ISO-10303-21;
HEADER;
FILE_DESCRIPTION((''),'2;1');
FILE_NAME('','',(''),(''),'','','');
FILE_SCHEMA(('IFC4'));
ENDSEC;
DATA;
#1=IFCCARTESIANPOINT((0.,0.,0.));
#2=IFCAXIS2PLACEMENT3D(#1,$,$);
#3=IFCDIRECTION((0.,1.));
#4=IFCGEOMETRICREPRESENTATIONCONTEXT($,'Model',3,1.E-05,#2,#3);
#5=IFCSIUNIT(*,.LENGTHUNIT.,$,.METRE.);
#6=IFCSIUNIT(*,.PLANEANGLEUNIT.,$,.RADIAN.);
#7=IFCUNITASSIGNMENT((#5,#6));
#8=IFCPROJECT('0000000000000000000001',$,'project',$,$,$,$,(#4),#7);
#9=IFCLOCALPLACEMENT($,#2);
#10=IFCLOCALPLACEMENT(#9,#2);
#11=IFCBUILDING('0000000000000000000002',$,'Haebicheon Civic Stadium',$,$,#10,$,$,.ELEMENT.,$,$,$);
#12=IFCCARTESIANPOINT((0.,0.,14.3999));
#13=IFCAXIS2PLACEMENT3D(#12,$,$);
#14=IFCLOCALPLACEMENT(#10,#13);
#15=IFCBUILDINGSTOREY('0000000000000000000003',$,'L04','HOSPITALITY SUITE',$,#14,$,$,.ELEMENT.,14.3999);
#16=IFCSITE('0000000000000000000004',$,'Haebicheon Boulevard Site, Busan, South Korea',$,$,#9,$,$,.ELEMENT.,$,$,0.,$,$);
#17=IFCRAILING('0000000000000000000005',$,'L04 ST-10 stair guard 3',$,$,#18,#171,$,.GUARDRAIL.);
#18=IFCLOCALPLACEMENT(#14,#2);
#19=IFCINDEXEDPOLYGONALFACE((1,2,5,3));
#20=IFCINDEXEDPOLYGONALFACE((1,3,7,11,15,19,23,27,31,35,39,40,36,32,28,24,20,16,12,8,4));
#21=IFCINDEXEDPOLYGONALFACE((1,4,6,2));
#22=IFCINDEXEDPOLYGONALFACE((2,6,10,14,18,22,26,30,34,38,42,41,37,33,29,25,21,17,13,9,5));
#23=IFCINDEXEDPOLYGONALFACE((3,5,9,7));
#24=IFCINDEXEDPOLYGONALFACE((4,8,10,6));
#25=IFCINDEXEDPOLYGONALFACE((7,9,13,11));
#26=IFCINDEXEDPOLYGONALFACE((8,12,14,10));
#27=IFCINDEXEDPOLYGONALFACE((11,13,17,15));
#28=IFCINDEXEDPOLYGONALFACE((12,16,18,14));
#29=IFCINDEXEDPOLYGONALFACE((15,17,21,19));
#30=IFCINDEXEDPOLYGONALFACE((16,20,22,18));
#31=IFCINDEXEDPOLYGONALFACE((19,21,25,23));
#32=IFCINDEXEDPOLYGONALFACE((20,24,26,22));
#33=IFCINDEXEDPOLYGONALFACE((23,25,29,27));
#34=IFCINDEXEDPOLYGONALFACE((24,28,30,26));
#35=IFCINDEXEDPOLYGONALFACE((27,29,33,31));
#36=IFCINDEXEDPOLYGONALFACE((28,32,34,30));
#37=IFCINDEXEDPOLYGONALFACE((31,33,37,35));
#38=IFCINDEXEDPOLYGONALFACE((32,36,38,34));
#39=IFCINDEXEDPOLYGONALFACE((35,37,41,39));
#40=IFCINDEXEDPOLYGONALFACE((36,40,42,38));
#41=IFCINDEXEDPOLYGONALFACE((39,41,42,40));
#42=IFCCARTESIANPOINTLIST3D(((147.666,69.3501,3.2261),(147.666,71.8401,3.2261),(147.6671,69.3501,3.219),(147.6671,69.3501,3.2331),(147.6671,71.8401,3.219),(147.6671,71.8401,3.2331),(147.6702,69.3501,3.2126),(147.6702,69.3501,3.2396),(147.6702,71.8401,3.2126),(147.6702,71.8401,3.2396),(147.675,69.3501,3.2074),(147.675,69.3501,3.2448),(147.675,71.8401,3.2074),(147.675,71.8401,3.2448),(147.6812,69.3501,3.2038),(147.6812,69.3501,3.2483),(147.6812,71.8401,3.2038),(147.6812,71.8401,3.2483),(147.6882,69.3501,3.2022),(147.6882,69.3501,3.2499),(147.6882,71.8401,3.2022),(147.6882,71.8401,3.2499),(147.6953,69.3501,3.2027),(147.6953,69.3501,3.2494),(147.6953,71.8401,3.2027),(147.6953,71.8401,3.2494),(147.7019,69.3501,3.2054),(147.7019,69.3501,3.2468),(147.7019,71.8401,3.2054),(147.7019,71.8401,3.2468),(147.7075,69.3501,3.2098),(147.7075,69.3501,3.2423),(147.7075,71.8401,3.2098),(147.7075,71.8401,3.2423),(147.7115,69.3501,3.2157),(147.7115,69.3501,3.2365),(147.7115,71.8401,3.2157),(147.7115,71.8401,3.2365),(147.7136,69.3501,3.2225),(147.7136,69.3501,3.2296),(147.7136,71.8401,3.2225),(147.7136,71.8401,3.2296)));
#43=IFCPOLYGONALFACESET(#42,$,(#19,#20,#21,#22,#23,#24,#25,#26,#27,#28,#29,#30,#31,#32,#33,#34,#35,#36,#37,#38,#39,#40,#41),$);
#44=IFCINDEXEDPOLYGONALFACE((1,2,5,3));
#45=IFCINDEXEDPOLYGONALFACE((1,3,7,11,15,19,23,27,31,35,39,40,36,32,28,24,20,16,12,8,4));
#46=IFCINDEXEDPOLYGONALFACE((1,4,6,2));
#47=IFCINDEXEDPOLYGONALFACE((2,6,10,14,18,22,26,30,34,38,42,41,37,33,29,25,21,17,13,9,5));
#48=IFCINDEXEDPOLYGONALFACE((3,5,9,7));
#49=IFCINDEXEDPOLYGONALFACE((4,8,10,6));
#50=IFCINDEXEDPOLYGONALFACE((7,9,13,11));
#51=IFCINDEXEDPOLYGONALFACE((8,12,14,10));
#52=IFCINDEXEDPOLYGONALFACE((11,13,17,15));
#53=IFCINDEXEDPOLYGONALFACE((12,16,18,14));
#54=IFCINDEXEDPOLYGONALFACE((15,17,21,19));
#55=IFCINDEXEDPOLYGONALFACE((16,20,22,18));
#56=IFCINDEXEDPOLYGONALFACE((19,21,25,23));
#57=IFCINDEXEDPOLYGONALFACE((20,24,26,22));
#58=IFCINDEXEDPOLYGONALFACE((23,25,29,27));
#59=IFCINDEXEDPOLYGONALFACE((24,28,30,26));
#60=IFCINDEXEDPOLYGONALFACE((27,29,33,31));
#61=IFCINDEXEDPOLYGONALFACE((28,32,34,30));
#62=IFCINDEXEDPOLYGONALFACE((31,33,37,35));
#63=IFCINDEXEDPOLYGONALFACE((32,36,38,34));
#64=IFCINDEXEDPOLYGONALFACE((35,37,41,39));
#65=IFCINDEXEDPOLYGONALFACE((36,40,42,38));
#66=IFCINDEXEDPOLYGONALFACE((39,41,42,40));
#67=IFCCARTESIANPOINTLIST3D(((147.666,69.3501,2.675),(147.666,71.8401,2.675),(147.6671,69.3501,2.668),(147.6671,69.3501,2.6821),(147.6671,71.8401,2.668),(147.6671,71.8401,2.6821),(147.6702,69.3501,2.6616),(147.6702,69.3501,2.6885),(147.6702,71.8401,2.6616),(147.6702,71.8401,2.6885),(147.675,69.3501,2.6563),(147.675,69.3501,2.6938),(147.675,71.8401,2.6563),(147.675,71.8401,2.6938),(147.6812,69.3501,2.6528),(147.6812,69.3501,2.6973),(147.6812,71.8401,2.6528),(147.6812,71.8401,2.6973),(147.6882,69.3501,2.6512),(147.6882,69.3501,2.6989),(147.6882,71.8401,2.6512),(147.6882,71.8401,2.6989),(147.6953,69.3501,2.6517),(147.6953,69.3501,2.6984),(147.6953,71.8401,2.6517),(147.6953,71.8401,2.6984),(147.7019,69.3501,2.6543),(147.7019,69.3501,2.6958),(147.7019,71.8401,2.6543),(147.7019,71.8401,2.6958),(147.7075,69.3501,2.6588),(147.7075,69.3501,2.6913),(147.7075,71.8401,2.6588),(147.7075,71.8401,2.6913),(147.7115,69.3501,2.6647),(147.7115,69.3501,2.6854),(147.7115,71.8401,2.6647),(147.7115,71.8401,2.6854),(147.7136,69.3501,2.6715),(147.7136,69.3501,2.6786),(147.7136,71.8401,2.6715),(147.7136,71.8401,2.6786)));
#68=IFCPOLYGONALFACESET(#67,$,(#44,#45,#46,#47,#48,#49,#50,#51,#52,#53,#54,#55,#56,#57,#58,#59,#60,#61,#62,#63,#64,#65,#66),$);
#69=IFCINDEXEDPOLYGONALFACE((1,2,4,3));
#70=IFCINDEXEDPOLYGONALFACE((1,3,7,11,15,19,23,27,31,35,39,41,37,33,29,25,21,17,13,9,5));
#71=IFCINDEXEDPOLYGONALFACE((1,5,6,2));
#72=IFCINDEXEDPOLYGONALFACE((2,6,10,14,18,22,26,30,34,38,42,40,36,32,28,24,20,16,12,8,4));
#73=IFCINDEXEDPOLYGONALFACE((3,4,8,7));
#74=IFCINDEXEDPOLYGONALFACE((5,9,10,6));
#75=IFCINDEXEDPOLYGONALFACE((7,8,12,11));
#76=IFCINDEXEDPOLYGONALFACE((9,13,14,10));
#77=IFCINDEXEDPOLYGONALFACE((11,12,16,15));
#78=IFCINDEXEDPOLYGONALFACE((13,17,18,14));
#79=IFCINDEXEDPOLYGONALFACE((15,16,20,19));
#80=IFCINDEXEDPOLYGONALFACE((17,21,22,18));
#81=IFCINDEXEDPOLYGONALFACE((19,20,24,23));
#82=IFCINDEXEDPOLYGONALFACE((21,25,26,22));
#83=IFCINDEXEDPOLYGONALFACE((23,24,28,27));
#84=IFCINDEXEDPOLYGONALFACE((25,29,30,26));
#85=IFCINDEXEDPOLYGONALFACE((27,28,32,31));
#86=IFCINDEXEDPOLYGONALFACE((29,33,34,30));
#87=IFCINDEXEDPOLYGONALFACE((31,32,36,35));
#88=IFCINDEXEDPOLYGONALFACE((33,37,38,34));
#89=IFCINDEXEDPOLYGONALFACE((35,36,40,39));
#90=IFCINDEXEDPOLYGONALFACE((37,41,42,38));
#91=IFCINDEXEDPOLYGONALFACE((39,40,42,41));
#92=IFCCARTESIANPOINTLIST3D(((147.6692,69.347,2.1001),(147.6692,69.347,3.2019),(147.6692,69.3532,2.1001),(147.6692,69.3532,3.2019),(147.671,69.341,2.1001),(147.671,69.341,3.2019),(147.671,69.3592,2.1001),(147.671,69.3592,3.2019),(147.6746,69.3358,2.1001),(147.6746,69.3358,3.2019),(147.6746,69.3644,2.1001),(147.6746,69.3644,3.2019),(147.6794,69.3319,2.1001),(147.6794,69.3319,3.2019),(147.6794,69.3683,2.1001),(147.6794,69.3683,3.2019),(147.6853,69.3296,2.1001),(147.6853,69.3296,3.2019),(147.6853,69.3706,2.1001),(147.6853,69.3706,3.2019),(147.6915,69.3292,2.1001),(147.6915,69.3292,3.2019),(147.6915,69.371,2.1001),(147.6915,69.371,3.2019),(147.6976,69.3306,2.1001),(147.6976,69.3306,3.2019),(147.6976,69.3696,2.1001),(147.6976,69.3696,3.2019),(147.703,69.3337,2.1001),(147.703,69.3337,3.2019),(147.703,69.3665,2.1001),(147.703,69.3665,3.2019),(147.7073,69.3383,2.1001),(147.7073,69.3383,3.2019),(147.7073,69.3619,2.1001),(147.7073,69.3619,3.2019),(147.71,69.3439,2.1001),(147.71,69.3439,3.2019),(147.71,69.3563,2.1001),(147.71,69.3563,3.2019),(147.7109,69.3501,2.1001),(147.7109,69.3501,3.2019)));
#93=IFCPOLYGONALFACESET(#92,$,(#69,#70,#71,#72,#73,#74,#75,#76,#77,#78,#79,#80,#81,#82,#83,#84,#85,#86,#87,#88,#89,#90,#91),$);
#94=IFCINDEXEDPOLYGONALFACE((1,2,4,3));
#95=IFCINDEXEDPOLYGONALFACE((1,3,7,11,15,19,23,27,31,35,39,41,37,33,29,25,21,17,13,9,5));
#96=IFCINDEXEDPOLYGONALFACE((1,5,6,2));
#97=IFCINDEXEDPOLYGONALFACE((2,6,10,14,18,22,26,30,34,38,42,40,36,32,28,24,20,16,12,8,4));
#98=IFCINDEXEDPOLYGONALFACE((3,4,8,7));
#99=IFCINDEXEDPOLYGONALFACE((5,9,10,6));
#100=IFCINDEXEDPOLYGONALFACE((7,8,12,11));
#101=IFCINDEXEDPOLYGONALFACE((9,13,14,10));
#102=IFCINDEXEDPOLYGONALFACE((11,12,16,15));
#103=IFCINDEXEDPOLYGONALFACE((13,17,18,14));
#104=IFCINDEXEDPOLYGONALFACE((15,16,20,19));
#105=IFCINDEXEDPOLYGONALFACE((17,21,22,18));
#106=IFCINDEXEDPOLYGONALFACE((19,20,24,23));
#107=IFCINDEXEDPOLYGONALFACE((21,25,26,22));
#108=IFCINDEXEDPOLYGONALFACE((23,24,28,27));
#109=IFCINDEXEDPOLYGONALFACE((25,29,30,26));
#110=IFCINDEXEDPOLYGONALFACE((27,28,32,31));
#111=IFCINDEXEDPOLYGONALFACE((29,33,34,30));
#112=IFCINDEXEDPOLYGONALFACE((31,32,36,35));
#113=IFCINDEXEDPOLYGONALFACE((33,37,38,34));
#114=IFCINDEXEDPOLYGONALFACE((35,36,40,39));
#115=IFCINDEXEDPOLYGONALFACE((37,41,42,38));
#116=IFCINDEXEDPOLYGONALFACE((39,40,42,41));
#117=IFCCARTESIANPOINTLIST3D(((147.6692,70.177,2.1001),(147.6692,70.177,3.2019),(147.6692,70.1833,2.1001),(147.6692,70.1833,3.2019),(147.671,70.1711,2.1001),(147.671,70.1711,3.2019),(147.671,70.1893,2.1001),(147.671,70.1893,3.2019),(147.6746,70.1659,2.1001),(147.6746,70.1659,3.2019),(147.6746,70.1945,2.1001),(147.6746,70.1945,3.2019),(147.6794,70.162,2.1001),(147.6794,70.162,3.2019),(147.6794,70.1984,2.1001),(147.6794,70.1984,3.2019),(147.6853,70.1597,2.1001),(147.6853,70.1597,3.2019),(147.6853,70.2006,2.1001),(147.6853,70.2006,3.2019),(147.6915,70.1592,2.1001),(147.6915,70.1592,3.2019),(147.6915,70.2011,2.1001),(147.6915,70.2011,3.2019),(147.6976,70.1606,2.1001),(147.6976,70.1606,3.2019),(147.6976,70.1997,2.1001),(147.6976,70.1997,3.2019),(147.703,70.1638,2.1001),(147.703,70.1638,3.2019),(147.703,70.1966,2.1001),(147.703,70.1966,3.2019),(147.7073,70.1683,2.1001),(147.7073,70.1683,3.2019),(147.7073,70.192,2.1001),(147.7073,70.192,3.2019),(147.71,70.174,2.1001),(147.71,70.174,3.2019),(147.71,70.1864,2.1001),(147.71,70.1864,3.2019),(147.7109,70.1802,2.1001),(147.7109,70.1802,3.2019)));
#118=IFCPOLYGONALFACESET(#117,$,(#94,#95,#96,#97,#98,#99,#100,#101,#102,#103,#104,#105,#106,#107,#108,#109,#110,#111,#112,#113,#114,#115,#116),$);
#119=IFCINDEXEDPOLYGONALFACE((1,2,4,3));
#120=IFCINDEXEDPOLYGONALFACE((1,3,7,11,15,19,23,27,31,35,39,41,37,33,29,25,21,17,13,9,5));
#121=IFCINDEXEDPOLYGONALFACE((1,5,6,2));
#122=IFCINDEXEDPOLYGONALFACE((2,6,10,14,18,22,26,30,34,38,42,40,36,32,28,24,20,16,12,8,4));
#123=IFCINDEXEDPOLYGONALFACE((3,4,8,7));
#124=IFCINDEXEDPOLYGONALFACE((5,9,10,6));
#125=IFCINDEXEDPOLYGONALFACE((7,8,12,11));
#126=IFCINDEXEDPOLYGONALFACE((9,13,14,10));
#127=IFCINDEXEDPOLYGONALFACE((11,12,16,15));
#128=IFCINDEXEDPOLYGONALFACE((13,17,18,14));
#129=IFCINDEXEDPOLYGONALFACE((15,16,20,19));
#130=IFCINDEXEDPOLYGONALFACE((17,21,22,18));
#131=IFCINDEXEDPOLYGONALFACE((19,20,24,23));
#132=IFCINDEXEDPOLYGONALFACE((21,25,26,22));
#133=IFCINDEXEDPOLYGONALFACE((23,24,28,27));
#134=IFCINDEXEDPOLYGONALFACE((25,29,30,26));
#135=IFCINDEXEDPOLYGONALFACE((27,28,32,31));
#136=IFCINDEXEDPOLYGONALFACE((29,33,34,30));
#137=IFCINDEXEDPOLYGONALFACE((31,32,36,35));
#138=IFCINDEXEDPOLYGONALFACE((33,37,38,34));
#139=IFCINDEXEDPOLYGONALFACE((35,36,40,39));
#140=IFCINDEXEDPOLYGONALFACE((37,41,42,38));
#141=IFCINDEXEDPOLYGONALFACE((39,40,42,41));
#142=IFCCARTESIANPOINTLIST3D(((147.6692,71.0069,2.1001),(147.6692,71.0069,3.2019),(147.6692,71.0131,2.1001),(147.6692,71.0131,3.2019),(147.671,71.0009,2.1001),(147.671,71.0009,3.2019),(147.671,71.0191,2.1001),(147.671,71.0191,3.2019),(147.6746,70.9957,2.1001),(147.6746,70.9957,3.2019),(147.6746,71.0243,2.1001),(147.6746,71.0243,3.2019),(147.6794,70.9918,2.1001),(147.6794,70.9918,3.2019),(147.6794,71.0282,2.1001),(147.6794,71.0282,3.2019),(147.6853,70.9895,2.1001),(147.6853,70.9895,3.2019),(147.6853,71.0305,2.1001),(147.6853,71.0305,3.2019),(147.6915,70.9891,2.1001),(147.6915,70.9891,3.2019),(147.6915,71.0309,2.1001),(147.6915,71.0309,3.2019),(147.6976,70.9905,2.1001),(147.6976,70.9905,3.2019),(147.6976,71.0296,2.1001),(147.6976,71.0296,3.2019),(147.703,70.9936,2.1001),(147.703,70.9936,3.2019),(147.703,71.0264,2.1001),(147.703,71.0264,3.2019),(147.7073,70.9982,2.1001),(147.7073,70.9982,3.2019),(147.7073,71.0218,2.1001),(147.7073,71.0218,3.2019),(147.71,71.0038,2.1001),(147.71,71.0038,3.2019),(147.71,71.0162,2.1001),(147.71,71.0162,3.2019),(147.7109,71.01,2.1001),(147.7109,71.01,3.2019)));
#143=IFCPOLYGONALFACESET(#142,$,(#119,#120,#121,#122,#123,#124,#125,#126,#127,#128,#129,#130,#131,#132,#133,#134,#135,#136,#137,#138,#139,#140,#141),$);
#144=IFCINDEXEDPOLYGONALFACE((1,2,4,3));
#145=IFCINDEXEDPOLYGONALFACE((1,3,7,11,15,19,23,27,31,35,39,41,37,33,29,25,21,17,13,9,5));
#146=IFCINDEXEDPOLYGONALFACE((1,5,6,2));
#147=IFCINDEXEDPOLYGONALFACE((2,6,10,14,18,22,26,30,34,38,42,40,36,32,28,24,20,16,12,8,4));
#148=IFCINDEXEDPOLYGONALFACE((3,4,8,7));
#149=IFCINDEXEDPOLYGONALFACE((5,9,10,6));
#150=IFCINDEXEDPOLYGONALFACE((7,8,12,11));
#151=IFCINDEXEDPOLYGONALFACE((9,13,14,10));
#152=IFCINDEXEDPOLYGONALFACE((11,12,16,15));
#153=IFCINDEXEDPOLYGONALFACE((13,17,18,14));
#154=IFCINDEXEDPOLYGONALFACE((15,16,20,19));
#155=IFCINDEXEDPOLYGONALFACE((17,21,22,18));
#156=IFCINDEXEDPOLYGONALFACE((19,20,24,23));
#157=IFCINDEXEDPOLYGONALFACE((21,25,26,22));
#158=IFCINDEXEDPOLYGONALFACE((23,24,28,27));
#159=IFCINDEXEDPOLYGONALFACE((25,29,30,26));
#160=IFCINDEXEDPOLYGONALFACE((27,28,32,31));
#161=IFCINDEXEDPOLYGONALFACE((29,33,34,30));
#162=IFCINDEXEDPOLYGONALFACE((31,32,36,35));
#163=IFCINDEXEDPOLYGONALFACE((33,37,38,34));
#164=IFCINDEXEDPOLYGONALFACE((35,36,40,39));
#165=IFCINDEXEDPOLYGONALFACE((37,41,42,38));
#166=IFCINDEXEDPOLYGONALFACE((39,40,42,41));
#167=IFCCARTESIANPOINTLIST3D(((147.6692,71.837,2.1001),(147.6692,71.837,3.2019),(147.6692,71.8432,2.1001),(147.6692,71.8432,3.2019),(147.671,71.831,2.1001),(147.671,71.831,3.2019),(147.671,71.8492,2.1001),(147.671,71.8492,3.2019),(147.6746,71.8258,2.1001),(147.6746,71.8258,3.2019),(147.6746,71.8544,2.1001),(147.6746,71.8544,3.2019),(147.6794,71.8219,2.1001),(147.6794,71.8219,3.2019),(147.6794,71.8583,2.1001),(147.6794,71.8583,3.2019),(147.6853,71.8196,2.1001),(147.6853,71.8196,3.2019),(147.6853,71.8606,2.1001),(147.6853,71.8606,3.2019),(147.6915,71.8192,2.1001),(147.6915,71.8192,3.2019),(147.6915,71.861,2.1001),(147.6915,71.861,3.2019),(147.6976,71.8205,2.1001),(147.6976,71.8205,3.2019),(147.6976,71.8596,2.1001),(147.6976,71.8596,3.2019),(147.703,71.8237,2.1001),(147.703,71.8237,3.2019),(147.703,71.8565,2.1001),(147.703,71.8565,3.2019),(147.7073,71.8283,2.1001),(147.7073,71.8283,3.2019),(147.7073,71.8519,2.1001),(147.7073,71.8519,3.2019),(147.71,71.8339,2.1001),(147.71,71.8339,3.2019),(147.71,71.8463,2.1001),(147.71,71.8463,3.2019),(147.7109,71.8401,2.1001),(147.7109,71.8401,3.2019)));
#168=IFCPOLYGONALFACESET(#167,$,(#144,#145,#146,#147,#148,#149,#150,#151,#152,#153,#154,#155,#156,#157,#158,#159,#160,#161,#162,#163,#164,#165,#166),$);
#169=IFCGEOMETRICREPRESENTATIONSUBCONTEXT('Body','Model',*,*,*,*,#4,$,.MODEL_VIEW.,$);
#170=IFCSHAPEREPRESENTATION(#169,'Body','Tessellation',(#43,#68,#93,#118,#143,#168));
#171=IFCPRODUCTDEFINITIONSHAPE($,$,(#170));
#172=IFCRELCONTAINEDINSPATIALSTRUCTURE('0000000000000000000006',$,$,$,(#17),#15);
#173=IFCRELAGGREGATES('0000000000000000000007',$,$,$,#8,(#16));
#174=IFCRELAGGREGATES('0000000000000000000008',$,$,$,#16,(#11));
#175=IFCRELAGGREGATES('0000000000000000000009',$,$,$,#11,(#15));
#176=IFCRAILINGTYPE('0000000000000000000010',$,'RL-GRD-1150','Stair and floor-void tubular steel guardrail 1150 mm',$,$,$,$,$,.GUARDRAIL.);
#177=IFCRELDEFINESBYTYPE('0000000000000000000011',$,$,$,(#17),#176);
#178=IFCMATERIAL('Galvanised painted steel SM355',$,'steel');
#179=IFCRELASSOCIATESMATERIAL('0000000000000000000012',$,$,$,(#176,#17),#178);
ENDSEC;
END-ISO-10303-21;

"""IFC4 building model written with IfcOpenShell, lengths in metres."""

from ifc_helpers import new_model, si_unit, direction, frame, origin, origin_2d, place, context, subcontext, project, spatial, circle, extrude, material, type_object, element, save


model = new_model("IFC4")

# Units and contexts
model_context = context("Model", 3, precision=1e-05, world=origin(), true_north=direction((0.0, 1.0)))
body_context = subcontext(model_context, "Body", "Model", "MODEL_VIEW")
ifc_project = project(units=[si_unit("LENGTHUNIT", "METRE"), si_unit("PLANEANGLEUNIT", "RADIAN")], contexts=[model_context])

# Site, building, storey
site_placement = place(None, origin())
site = spatial("IfcSite", under=ifc_project, at=site_placement, Name="Haebicheon Boulevard Site, Busan, South Korea", CompositionType="ELEMENT", RefElevation=0.0)
building_placement = place(site_placement, origin())
building = spatial("IfcBuilding", under=site, at=building_placement, Name="Haebicheon Civic Stadium", CompositionType="ELEMENT")
storey_placement = place(building_placement, frame((0.0, 0.0, 14.3999)))
storey = spatial("IfcBuildingStorey", under=building, at=storey_placement, Name="L04", Description="HOSPITALITY SUITE", CompositionType="ELEMENT", Elevation=14.3999)

# Railing
ifc_material_1 = material(Name="Galvanised painted steel SM355", Category="steel")
railing_type_1 = type_object("IfcRailingType", Name="RL-GRD-1150", Description="Stair and floor-void tubular steel guardrail 1150 mm", PredefinedType="GUARDRAIL", material=ifc_material_1)
for number, where, name in (
    (1, (147.6899, 69.3501, 2.1001), "L04 ST-10 stair guard 3"),
):
    element("IfcRailing", number, at=place(storey_placement, frame(where)), inside=storey, type_object=railing_type_1, material=ifc_material_1, Name=name, PredefinedType="GUARDRAIL", context=body_context, shape_type="SweptSolid", body=[
        extrude(circle(Radius=0.0239, at=origin_2d()), frame((0.0, 0.0, 1.126), z_axis=(0.0, 1.0, 0.0), x_axis=(-1.0, 0.0, 0.0)), (0.0, 0.0, 1.0), 2.49),
        extrude(circle(Radius=0.0239, at=origin_2d()), frame((0.0, 0.0, 0.575), z_axis=(0.0, 1.0, 0.0), x_axis=(-1.0, 0.0, 0.0)), (0.0, 0.0, 1.0), 2.49),
        extrude(circle(Radius=0.021, at=origin_2d()), origin(), (0.0, 0.0, 1.0), 1.1018),
        extrude(circle(Radius=0.021, at=origin_2d()), frame((0.0, 0.8301, 0.0)), (0.0, 0.0, 1.0), 1.1018),
        extrude(circle(Radius=0.021, at=origin_2d()), frame((0.0, 1.6599, 0.0)), (0.0, 0.0, 1.0), 1.1018),
        extrude(circle(Radius=0.021, at=origin_2d()), frame((0.0, 2.49, 0.0)), (0.0, 0.0, 1.0), 1.1018),
    ])

save(model, "model.ifc")
